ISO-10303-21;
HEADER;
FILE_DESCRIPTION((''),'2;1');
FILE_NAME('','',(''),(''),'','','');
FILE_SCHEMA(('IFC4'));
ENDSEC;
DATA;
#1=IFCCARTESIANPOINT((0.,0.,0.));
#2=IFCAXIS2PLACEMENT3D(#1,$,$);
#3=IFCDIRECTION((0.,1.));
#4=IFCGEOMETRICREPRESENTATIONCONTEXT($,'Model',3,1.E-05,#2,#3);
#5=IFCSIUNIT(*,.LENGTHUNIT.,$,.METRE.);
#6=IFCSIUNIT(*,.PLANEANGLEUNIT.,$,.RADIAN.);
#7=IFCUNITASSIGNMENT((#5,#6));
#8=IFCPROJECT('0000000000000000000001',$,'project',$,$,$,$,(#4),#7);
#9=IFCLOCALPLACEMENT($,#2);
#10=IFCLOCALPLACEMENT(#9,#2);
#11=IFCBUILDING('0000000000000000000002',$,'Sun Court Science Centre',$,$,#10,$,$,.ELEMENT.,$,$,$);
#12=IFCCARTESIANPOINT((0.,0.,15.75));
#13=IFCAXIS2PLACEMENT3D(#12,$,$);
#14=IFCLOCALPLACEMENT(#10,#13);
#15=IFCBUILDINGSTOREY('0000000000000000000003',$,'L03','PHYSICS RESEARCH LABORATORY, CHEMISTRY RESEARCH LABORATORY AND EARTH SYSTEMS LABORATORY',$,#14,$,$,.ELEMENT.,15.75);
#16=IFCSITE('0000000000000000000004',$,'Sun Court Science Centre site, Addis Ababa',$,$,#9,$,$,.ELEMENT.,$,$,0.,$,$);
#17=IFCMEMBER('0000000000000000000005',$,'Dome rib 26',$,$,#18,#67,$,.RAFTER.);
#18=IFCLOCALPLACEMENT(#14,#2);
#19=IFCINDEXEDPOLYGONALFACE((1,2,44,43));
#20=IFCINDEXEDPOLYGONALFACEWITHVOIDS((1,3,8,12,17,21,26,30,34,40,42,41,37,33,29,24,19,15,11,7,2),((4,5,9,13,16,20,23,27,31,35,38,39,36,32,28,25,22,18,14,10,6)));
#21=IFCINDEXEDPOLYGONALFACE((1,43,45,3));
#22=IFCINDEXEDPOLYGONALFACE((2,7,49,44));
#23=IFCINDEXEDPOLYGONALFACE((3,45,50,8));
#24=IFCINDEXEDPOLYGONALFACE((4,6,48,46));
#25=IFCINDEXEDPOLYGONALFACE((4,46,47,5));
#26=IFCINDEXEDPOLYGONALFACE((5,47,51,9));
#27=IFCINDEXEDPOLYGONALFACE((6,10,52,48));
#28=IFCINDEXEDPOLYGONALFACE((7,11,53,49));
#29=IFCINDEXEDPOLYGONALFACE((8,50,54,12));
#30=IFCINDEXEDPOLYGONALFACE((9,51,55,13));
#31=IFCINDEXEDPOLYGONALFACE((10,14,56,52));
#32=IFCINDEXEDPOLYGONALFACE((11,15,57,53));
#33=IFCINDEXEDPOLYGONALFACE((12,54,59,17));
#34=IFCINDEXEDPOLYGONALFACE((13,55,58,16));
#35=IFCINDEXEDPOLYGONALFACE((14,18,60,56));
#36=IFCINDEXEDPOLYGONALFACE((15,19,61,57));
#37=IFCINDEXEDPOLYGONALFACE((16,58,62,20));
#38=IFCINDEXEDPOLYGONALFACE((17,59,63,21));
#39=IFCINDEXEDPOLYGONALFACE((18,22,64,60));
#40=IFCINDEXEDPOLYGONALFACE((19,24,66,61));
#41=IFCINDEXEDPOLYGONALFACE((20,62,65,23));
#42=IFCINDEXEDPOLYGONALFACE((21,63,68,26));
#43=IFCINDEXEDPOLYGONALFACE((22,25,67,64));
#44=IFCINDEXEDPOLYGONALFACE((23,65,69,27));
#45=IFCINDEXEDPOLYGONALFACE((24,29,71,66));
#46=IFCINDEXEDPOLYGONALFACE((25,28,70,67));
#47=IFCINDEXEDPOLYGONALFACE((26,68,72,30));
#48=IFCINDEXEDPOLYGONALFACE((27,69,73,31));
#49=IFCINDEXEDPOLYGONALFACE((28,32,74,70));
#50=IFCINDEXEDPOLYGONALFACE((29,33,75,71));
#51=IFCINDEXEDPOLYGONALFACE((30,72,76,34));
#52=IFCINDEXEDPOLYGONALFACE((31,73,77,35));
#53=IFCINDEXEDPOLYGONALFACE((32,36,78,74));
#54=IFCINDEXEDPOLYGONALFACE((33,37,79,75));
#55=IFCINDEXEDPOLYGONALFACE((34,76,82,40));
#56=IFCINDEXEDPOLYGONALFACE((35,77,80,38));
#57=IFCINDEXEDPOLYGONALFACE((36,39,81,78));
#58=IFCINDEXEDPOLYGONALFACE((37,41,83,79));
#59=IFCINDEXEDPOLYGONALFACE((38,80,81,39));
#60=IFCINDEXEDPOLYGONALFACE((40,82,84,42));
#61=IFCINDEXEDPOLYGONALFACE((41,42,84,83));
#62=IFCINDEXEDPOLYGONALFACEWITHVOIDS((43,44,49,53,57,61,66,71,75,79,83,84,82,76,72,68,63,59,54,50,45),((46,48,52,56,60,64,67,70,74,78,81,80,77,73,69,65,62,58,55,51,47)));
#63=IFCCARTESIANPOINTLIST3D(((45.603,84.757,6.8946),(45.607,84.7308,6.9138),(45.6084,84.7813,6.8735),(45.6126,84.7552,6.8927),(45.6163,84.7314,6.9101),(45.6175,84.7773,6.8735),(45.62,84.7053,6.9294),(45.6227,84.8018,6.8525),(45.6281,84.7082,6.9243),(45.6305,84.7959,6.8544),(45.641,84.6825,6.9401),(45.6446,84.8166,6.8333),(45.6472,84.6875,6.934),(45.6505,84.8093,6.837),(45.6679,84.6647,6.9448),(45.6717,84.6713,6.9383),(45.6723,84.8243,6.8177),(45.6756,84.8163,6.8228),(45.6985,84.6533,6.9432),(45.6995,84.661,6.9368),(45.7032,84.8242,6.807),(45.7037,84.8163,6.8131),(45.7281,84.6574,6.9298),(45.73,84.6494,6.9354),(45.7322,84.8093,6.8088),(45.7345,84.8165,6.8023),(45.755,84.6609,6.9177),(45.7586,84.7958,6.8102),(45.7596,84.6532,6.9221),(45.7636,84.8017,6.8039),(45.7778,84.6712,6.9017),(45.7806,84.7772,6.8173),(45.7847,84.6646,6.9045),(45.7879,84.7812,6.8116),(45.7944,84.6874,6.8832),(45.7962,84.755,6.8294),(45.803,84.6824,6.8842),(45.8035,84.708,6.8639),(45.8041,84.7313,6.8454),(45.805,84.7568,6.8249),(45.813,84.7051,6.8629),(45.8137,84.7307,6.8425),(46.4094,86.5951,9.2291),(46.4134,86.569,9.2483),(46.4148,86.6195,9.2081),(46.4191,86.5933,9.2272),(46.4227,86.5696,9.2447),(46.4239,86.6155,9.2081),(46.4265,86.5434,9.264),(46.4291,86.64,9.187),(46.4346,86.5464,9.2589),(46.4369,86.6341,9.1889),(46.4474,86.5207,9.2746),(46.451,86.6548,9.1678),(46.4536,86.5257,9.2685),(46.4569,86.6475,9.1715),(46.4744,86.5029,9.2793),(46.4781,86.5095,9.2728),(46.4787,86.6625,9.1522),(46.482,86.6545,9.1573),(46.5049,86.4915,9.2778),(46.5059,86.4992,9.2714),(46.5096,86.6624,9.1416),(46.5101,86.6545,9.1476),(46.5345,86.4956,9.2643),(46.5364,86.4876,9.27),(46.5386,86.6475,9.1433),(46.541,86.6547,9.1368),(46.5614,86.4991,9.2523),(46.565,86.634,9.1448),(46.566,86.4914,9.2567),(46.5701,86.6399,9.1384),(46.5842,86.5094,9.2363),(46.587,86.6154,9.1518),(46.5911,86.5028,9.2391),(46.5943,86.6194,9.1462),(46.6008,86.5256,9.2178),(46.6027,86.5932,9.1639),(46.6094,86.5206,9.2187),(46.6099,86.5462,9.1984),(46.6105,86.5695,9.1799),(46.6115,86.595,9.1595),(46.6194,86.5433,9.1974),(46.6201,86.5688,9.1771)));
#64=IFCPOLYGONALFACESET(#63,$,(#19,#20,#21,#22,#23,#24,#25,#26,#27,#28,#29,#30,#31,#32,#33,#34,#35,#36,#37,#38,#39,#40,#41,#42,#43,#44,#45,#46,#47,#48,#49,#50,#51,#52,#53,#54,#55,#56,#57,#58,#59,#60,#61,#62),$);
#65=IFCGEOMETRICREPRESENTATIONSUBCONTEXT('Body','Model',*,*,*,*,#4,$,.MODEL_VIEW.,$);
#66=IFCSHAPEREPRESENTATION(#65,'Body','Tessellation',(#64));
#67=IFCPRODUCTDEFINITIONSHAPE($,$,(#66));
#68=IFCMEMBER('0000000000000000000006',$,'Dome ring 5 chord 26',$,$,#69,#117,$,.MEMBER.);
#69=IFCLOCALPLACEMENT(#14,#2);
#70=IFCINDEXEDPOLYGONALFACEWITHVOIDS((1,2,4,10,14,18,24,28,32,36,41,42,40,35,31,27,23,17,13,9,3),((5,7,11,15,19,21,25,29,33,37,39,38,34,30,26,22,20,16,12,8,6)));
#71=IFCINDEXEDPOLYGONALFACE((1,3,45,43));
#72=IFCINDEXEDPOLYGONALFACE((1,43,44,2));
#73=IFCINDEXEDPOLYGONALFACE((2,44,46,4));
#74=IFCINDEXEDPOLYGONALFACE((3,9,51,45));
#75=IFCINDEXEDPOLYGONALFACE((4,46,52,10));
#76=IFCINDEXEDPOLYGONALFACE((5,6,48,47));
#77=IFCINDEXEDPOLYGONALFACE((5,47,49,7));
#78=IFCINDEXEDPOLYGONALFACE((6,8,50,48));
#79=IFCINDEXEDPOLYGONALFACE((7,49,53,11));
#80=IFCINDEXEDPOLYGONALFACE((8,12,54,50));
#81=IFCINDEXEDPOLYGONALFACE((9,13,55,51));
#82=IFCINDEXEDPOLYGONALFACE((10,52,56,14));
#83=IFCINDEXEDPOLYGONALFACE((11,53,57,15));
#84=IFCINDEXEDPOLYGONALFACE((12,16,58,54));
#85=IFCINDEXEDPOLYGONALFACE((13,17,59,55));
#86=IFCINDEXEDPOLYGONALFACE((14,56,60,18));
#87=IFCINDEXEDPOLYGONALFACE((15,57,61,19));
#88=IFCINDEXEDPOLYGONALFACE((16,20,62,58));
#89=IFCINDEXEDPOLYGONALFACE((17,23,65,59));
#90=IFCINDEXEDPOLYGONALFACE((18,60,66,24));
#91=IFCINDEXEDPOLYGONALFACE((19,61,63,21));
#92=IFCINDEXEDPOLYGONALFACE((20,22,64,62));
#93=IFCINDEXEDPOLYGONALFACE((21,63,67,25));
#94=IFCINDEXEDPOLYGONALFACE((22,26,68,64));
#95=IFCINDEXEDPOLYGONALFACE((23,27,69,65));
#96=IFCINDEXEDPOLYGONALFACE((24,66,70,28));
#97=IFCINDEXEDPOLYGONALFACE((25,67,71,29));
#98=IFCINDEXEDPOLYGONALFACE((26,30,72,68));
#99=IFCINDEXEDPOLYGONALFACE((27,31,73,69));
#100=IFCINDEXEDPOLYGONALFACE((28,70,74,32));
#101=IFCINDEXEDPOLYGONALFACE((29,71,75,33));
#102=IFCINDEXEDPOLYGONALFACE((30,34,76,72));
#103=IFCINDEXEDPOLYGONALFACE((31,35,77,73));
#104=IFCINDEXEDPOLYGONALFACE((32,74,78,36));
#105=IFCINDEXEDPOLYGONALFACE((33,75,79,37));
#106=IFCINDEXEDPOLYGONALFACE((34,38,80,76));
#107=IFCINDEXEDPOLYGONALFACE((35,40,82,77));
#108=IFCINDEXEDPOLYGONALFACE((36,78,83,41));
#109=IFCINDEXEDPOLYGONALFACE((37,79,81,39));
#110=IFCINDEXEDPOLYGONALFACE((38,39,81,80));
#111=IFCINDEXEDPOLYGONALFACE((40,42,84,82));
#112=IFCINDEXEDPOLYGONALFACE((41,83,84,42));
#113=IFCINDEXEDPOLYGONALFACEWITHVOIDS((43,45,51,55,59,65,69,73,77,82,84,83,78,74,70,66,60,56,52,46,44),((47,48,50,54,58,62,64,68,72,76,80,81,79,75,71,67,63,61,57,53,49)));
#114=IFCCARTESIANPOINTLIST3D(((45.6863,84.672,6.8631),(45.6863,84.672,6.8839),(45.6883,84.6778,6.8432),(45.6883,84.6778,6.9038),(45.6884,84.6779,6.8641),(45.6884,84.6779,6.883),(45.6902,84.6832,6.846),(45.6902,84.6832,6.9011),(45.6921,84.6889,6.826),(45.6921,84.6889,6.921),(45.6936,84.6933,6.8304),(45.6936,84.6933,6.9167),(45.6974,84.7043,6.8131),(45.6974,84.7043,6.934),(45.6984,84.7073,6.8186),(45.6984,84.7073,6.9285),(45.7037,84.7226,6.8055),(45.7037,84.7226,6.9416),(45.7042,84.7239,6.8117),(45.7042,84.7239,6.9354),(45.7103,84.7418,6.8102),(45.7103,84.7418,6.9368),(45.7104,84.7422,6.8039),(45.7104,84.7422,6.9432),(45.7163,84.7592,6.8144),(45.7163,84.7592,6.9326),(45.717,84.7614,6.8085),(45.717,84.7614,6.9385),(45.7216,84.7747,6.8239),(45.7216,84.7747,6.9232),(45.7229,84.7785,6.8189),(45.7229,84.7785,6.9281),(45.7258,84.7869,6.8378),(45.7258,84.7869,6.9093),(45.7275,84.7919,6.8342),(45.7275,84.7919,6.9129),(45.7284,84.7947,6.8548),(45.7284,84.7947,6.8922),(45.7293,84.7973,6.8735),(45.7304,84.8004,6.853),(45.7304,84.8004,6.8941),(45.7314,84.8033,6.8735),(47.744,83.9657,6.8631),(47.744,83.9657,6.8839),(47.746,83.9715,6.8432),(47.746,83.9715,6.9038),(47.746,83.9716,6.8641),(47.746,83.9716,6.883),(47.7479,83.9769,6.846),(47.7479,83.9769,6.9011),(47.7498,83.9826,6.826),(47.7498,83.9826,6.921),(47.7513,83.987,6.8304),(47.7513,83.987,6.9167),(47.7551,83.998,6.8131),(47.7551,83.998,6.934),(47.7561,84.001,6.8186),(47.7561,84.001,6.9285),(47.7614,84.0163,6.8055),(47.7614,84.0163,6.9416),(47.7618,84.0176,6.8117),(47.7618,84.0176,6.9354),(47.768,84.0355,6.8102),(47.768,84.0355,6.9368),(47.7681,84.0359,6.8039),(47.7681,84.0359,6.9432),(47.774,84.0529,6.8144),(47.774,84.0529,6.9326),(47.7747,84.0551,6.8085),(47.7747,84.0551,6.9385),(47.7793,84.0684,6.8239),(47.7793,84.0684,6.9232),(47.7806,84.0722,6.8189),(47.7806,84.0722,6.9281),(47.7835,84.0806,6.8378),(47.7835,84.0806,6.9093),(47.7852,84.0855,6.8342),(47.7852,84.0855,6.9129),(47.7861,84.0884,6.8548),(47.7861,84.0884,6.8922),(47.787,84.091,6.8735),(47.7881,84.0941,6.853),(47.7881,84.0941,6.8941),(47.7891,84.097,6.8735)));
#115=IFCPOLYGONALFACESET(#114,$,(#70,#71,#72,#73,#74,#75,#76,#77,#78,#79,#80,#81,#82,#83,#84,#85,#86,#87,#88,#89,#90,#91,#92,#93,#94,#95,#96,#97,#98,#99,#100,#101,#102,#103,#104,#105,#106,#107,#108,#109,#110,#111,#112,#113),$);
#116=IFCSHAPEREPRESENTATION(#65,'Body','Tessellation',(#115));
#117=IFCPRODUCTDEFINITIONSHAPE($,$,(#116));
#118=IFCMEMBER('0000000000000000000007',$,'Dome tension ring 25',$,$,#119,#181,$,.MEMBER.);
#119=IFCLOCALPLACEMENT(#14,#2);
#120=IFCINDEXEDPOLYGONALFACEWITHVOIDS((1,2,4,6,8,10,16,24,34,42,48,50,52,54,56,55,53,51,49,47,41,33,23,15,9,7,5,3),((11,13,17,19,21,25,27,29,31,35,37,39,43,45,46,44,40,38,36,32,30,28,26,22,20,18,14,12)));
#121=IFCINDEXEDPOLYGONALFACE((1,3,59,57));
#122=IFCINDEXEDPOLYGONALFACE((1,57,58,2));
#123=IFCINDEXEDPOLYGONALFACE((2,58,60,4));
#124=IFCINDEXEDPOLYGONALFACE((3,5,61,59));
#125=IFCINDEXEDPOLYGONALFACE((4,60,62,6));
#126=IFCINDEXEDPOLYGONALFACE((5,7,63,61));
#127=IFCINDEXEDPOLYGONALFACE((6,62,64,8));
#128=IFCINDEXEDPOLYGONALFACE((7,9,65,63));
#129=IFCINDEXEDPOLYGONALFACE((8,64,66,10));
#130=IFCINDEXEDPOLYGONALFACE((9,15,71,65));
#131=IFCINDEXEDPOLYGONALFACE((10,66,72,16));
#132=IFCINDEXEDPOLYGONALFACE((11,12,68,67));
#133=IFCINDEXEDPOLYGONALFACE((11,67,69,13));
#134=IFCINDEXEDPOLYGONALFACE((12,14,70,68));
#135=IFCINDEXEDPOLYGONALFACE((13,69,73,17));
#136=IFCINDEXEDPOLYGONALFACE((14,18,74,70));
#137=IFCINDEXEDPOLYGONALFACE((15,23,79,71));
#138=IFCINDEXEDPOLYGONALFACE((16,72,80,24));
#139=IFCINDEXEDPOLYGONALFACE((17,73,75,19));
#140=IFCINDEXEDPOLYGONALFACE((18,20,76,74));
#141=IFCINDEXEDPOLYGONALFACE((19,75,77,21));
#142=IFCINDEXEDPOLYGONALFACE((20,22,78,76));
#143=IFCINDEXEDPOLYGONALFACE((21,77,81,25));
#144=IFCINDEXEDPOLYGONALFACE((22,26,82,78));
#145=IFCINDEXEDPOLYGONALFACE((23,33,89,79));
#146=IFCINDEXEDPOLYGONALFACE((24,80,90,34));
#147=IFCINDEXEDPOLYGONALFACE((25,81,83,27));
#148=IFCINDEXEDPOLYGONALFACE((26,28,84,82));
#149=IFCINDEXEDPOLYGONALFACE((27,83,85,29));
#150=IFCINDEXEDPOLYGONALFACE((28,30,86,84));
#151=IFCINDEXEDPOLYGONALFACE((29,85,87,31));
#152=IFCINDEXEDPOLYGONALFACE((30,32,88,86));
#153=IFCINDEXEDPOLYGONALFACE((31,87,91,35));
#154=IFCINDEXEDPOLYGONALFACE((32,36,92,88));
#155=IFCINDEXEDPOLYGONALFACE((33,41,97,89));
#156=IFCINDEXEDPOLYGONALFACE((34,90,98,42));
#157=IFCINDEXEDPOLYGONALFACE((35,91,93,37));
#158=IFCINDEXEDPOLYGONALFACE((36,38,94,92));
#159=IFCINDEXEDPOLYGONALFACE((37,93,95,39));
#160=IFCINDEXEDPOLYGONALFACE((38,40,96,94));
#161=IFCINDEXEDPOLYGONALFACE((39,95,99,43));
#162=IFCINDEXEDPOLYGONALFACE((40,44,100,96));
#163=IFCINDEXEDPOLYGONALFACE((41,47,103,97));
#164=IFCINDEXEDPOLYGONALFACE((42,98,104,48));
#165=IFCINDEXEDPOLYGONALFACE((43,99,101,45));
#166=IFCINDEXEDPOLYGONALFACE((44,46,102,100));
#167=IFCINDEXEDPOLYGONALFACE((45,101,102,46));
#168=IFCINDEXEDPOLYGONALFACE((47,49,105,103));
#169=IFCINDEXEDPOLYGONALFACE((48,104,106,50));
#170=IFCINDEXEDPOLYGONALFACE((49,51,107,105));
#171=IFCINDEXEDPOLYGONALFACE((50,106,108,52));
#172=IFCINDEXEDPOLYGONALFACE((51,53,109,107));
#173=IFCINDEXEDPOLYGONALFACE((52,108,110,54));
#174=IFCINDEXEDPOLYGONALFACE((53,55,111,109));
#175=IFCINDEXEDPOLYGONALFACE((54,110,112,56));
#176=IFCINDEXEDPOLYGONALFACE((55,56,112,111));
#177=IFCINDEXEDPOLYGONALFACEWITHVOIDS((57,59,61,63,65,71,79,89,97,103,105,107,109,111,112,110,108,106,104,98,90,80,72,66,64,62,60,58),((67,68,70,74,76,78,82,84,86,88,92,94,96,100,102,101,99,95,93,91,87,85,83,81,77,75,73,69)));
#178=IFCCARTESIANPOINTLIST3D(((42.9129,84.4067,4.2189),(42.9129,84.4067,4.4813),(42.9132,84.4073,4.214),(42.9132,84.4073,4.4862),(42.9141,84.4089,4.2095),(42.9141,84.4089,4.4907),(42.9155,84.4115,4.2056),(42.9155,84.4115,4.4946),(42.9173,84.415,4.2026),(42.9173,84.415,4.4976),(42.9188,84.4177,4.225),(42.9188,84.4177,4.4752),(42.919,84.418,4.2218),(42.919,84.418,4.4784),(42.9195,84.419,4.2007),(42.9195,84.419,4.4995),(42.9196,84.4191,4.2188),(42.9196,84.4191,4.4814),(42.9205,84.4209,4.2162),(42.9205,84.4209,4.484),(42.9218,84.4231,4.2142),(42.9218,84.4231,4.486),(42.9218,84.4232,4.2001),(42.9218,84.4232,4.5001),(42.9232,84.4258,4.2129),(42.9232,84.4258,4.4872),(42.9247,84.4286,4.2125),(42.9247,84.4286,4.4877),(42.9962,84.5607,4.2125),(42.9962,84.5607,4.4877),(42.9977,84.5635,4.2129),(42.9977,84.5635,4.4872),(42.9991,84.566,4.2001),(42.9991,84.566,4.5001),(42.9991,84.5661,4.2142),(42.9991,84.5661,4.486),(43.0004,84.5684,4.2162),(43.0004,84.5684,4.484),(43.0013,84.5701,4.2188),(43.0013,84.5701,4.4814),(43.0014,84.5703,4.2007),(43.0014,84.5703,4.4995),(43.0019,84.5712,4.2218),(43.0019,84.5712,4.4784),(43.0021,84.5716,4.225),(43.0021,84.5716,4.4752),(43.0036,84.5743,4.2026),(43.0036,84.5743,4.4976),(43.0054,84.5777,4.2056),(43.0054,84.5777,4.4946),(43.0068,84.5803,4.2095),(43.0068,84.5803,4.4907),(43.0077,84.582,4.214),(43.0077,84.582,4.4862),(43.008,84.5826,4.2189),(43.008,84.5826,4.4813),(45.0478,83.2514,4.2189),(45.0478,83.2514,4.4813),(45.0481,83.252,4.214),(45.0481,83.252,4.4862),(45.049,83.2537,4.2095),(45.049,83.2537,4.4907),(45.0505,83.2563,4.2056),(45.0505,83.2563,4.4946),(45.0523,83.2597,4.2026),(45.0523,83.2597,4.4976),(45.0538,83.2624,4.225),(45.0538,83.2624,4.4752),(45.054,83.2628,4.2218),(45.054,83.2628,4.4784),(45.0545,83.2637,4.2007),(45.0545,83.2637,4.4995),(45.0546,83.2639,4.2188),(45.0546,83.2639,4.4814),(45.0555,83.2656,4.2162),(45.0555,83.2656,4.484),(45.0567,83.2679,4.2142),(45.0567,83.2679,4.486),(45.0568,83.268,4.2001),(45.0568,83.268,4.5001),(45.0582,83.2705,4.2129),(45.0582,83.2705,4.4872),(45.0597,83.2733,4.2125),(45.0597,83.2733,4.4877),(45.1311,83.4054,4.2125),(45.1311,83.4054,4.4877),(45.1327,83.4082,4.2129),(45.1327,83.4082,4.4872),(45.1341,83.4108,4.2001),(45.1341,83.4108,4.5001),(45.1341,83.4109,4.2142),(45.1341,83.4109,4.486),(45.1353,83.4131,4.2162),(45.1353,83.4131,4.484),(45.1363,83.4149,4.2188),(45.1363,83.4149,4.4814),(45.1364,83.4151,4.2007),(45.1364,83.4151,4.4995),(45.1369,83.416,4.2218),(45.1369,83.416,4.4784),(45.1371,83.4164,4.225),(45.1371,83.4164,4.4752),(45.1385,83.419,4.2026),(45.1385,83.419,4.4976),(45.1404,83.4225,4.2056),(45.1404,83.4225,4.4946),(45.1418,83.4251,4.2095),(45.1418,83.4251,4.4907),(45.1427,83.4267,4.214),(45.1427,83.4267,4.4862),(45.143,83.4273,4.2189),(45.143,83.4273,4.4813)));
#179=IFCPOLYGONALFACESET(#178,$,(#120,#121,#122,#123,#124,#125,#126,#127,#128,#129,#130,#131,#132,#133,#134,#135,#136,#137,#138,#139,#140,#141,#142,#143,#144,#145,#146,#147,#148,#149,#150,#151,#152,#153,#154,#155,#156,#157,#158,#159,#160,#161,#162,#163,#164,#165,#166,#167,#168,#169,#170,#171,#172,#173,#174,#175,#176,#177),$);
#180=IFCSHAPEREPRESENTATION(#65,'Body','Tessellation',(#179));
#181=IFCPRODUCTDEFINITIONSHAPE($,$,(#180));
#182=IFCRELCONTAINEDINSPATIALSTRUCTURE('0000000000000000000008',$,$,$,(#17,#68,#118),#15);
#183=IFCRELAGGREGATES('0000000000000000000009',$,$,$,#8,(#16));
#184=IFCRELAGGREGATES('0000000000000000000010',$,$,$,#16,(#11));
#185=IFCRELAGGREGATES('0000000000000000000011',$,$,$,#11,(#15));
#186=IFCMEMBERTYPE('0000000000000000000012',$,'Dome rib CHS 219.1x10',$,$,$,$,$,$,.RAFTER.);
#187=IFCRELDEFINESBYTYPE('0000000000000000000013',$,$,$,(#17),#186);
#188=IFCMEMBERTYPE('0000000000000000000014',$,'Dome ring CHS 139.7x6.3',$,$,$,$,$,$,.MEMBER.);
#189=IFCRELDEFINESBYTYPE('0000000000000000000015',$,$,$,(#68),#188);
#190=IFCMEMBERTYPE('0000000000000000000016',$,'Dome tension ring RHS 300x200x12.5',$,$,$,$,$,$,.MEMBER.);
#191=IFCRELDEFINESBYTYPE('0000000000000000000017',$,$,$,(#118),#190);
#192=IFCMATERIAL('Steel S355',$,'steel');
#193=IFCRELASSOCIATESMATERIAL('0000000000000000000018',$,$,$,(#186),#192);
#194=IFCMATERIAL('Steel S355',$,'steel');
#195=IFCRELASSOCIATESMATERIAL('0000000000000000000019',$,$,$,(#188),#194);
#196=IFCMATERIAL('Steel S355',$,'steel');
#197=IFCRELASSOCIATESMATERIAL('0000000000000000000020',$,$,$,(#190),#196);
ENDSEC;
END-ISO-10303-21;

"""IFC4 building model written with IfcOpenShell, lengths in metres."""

from ifc_helpers import new_model, si_unit, direction, frame, origin, origin_2d, place, context, subcontext, project, spatial, hollow_rectangle, hollow_circle, extrude, material, material_profile, profile_set, type_object, element, save


model = new_model("IFC4")

# Units and contexts
model_context = context("Model", 3, precision=1e-05, world=origin(), true_north=direction((0.0, 1.0)))
body_context = subcontext(model_context, "Body", "Model", "MODEL_VIEW")
ifc_project = project(units=[si_unit("LENGTHUNIT", "METRE"), si_unit("PLANEANGLEUNIT", "RADIAN")], contexts=[model_context])

# Site, building, storey
site_placement = place(None, origin())
site = spatial("IfcSite", under=ifc_project, at=site_placement, Name="Sun Court Science Centre site, Addis Ababa", CompositionType="ELEMENT", RefElevation=0.0)
building_placement = place(site_placement, origin())
building = spatial("IfcBuilding", under=site, at=building_placement, Name="Sun Court Science Centre", CompositionType="ELEMENT")
storey_placement = place(building_placement, frame((0.0, 0.0, 15.75)))
storey = spatial("IfcBuildingStorey", under=building, at=storey_placement, Name="L03", Description="PHYSICS RESEARCH LABORATORY, CHEMISTRY RESEARCH LABORATORY AND EARTH SYSTEMS LABORATORY", CompositionType="ELEMENT", Elevation=15.75)

# Members
ifc_material_1 = material(Name="Steel S355", Category="steel")
ifc_material_profile_1 = material_profile(ifc_material_1, hollow_circle(Radius=0.1096, WallThickness=0.01, at=origin_2d()), Name="CHS 219.1x10")
ifc_profile_set_1 = profile_set([ifc_material_profile_1], Name="Steel S355")
member_type_1 = type_object("IfcMemberType", Name="Dome rib CHS 219.1x10", PredefinedType="RAFTER", material=ifc_profile_set_1)
member_1_placement = place(storey_placement, frame((45.7087, 84.7373, 6.8735), z_axis=(0.261922, 0.597037, 0.75825), x_axis=(-0.915752, 0.401744, 0.0)))
element("IfcMember", 1, at=member_1_placement, inside=storey, type_object=member_type_1, Name="Dome rib 26", PredefinedType="RAFTER", context=body_context, shape_type="SweptSolid", body=[
    extrude(hollow_circle(Radius=0.1096, WallThickness=0.01, at=origin_2d()), origin(), (0.0, 0.0, 1.0), 3.0789),
])
ifc_material_2 = material(Name="Steel S355", Category="steel")
ifc_material_profile_2 = material_profile(ifc_material_2, hollow_circle(Radius=0.0698, WallThickness=0.0063, at=origin_2d()), Name="CHS 139.7x6.3")
ifc_profile_set_2 = profile_set([ifc_material_profile_2], Name="Steel S355")
member_type_2 = type_object("IfcMemberType", Name="Dome ring CHS 139.7x6.3", PredefinedType="MEMBER", material=ifc_profile_set_2)
member_2_placement = place(storey_placement, frame((45.7087, 84.7373, 6.8735), z_axis=(0.945829, -0.324666, 0.0), x_axis=(0.324666, 0.945829, 0.0)))
element("IfcMember", 2, at=member_2_placement, inside=storey, type_object=member_type_2, Name="Dome ring 5 chord 26", PredefinedType="MEMBER", context=body_context, shape_type="SweptSolid", body=[
    extrude(hollow_circle(Radius=0.0698, WallThickness=0.0063, at=origin_2d()), origin(), (0.0, 0.0, 1.0), 2.1755),
])
ifc_material_3 = material(Name="Steel S355", Category="steel")
ifc_material_profile_3 = material_profile(ifc_material_3, hollow_rectangle(XDim=0.2, YDim=0.3, WallThickness=0.0125, InnerFilletRadius=0.0125, OuterFilletRadius=0.0188, at=origin_2d()), Name="RHS 300x200x12.5")
ifc_profile_set_3 = profile_set([ifc_material_profile_3], Name="Steel S355")
member_type_3 = type_object("IfcMemberType", Name="Dome tension ring RHS 300x200x12.5", PredefinedType="MEMBER", material=ifc_profile_set_3)
member_3_placement = place(storey_placement, frame((42.9604, 84.4946, 4.3501), z_axis=(0.879497, -0.475904, 0.0), x_axis=(0.475904, 0.879497, 0.0)))
element("IfcMember", 3, at=member_3_placement, inside=storey, type_object=member_type_3, Name="Dome tension ring 25", PredefinedType="MEMBER", context=body_context, shape_type="SweptSolid", body=[
    extrude(hollow_rectangle(XDim=0.2, YDim=0.3, WallThickness=0.0125, InnerFilletRadius=0.0125, OuterFilletRadius=0.0188, at=origin_2d()), origin(), (0.0, 0.0, 1.0), 2.4275),
])

save(model, "model.ifc")
